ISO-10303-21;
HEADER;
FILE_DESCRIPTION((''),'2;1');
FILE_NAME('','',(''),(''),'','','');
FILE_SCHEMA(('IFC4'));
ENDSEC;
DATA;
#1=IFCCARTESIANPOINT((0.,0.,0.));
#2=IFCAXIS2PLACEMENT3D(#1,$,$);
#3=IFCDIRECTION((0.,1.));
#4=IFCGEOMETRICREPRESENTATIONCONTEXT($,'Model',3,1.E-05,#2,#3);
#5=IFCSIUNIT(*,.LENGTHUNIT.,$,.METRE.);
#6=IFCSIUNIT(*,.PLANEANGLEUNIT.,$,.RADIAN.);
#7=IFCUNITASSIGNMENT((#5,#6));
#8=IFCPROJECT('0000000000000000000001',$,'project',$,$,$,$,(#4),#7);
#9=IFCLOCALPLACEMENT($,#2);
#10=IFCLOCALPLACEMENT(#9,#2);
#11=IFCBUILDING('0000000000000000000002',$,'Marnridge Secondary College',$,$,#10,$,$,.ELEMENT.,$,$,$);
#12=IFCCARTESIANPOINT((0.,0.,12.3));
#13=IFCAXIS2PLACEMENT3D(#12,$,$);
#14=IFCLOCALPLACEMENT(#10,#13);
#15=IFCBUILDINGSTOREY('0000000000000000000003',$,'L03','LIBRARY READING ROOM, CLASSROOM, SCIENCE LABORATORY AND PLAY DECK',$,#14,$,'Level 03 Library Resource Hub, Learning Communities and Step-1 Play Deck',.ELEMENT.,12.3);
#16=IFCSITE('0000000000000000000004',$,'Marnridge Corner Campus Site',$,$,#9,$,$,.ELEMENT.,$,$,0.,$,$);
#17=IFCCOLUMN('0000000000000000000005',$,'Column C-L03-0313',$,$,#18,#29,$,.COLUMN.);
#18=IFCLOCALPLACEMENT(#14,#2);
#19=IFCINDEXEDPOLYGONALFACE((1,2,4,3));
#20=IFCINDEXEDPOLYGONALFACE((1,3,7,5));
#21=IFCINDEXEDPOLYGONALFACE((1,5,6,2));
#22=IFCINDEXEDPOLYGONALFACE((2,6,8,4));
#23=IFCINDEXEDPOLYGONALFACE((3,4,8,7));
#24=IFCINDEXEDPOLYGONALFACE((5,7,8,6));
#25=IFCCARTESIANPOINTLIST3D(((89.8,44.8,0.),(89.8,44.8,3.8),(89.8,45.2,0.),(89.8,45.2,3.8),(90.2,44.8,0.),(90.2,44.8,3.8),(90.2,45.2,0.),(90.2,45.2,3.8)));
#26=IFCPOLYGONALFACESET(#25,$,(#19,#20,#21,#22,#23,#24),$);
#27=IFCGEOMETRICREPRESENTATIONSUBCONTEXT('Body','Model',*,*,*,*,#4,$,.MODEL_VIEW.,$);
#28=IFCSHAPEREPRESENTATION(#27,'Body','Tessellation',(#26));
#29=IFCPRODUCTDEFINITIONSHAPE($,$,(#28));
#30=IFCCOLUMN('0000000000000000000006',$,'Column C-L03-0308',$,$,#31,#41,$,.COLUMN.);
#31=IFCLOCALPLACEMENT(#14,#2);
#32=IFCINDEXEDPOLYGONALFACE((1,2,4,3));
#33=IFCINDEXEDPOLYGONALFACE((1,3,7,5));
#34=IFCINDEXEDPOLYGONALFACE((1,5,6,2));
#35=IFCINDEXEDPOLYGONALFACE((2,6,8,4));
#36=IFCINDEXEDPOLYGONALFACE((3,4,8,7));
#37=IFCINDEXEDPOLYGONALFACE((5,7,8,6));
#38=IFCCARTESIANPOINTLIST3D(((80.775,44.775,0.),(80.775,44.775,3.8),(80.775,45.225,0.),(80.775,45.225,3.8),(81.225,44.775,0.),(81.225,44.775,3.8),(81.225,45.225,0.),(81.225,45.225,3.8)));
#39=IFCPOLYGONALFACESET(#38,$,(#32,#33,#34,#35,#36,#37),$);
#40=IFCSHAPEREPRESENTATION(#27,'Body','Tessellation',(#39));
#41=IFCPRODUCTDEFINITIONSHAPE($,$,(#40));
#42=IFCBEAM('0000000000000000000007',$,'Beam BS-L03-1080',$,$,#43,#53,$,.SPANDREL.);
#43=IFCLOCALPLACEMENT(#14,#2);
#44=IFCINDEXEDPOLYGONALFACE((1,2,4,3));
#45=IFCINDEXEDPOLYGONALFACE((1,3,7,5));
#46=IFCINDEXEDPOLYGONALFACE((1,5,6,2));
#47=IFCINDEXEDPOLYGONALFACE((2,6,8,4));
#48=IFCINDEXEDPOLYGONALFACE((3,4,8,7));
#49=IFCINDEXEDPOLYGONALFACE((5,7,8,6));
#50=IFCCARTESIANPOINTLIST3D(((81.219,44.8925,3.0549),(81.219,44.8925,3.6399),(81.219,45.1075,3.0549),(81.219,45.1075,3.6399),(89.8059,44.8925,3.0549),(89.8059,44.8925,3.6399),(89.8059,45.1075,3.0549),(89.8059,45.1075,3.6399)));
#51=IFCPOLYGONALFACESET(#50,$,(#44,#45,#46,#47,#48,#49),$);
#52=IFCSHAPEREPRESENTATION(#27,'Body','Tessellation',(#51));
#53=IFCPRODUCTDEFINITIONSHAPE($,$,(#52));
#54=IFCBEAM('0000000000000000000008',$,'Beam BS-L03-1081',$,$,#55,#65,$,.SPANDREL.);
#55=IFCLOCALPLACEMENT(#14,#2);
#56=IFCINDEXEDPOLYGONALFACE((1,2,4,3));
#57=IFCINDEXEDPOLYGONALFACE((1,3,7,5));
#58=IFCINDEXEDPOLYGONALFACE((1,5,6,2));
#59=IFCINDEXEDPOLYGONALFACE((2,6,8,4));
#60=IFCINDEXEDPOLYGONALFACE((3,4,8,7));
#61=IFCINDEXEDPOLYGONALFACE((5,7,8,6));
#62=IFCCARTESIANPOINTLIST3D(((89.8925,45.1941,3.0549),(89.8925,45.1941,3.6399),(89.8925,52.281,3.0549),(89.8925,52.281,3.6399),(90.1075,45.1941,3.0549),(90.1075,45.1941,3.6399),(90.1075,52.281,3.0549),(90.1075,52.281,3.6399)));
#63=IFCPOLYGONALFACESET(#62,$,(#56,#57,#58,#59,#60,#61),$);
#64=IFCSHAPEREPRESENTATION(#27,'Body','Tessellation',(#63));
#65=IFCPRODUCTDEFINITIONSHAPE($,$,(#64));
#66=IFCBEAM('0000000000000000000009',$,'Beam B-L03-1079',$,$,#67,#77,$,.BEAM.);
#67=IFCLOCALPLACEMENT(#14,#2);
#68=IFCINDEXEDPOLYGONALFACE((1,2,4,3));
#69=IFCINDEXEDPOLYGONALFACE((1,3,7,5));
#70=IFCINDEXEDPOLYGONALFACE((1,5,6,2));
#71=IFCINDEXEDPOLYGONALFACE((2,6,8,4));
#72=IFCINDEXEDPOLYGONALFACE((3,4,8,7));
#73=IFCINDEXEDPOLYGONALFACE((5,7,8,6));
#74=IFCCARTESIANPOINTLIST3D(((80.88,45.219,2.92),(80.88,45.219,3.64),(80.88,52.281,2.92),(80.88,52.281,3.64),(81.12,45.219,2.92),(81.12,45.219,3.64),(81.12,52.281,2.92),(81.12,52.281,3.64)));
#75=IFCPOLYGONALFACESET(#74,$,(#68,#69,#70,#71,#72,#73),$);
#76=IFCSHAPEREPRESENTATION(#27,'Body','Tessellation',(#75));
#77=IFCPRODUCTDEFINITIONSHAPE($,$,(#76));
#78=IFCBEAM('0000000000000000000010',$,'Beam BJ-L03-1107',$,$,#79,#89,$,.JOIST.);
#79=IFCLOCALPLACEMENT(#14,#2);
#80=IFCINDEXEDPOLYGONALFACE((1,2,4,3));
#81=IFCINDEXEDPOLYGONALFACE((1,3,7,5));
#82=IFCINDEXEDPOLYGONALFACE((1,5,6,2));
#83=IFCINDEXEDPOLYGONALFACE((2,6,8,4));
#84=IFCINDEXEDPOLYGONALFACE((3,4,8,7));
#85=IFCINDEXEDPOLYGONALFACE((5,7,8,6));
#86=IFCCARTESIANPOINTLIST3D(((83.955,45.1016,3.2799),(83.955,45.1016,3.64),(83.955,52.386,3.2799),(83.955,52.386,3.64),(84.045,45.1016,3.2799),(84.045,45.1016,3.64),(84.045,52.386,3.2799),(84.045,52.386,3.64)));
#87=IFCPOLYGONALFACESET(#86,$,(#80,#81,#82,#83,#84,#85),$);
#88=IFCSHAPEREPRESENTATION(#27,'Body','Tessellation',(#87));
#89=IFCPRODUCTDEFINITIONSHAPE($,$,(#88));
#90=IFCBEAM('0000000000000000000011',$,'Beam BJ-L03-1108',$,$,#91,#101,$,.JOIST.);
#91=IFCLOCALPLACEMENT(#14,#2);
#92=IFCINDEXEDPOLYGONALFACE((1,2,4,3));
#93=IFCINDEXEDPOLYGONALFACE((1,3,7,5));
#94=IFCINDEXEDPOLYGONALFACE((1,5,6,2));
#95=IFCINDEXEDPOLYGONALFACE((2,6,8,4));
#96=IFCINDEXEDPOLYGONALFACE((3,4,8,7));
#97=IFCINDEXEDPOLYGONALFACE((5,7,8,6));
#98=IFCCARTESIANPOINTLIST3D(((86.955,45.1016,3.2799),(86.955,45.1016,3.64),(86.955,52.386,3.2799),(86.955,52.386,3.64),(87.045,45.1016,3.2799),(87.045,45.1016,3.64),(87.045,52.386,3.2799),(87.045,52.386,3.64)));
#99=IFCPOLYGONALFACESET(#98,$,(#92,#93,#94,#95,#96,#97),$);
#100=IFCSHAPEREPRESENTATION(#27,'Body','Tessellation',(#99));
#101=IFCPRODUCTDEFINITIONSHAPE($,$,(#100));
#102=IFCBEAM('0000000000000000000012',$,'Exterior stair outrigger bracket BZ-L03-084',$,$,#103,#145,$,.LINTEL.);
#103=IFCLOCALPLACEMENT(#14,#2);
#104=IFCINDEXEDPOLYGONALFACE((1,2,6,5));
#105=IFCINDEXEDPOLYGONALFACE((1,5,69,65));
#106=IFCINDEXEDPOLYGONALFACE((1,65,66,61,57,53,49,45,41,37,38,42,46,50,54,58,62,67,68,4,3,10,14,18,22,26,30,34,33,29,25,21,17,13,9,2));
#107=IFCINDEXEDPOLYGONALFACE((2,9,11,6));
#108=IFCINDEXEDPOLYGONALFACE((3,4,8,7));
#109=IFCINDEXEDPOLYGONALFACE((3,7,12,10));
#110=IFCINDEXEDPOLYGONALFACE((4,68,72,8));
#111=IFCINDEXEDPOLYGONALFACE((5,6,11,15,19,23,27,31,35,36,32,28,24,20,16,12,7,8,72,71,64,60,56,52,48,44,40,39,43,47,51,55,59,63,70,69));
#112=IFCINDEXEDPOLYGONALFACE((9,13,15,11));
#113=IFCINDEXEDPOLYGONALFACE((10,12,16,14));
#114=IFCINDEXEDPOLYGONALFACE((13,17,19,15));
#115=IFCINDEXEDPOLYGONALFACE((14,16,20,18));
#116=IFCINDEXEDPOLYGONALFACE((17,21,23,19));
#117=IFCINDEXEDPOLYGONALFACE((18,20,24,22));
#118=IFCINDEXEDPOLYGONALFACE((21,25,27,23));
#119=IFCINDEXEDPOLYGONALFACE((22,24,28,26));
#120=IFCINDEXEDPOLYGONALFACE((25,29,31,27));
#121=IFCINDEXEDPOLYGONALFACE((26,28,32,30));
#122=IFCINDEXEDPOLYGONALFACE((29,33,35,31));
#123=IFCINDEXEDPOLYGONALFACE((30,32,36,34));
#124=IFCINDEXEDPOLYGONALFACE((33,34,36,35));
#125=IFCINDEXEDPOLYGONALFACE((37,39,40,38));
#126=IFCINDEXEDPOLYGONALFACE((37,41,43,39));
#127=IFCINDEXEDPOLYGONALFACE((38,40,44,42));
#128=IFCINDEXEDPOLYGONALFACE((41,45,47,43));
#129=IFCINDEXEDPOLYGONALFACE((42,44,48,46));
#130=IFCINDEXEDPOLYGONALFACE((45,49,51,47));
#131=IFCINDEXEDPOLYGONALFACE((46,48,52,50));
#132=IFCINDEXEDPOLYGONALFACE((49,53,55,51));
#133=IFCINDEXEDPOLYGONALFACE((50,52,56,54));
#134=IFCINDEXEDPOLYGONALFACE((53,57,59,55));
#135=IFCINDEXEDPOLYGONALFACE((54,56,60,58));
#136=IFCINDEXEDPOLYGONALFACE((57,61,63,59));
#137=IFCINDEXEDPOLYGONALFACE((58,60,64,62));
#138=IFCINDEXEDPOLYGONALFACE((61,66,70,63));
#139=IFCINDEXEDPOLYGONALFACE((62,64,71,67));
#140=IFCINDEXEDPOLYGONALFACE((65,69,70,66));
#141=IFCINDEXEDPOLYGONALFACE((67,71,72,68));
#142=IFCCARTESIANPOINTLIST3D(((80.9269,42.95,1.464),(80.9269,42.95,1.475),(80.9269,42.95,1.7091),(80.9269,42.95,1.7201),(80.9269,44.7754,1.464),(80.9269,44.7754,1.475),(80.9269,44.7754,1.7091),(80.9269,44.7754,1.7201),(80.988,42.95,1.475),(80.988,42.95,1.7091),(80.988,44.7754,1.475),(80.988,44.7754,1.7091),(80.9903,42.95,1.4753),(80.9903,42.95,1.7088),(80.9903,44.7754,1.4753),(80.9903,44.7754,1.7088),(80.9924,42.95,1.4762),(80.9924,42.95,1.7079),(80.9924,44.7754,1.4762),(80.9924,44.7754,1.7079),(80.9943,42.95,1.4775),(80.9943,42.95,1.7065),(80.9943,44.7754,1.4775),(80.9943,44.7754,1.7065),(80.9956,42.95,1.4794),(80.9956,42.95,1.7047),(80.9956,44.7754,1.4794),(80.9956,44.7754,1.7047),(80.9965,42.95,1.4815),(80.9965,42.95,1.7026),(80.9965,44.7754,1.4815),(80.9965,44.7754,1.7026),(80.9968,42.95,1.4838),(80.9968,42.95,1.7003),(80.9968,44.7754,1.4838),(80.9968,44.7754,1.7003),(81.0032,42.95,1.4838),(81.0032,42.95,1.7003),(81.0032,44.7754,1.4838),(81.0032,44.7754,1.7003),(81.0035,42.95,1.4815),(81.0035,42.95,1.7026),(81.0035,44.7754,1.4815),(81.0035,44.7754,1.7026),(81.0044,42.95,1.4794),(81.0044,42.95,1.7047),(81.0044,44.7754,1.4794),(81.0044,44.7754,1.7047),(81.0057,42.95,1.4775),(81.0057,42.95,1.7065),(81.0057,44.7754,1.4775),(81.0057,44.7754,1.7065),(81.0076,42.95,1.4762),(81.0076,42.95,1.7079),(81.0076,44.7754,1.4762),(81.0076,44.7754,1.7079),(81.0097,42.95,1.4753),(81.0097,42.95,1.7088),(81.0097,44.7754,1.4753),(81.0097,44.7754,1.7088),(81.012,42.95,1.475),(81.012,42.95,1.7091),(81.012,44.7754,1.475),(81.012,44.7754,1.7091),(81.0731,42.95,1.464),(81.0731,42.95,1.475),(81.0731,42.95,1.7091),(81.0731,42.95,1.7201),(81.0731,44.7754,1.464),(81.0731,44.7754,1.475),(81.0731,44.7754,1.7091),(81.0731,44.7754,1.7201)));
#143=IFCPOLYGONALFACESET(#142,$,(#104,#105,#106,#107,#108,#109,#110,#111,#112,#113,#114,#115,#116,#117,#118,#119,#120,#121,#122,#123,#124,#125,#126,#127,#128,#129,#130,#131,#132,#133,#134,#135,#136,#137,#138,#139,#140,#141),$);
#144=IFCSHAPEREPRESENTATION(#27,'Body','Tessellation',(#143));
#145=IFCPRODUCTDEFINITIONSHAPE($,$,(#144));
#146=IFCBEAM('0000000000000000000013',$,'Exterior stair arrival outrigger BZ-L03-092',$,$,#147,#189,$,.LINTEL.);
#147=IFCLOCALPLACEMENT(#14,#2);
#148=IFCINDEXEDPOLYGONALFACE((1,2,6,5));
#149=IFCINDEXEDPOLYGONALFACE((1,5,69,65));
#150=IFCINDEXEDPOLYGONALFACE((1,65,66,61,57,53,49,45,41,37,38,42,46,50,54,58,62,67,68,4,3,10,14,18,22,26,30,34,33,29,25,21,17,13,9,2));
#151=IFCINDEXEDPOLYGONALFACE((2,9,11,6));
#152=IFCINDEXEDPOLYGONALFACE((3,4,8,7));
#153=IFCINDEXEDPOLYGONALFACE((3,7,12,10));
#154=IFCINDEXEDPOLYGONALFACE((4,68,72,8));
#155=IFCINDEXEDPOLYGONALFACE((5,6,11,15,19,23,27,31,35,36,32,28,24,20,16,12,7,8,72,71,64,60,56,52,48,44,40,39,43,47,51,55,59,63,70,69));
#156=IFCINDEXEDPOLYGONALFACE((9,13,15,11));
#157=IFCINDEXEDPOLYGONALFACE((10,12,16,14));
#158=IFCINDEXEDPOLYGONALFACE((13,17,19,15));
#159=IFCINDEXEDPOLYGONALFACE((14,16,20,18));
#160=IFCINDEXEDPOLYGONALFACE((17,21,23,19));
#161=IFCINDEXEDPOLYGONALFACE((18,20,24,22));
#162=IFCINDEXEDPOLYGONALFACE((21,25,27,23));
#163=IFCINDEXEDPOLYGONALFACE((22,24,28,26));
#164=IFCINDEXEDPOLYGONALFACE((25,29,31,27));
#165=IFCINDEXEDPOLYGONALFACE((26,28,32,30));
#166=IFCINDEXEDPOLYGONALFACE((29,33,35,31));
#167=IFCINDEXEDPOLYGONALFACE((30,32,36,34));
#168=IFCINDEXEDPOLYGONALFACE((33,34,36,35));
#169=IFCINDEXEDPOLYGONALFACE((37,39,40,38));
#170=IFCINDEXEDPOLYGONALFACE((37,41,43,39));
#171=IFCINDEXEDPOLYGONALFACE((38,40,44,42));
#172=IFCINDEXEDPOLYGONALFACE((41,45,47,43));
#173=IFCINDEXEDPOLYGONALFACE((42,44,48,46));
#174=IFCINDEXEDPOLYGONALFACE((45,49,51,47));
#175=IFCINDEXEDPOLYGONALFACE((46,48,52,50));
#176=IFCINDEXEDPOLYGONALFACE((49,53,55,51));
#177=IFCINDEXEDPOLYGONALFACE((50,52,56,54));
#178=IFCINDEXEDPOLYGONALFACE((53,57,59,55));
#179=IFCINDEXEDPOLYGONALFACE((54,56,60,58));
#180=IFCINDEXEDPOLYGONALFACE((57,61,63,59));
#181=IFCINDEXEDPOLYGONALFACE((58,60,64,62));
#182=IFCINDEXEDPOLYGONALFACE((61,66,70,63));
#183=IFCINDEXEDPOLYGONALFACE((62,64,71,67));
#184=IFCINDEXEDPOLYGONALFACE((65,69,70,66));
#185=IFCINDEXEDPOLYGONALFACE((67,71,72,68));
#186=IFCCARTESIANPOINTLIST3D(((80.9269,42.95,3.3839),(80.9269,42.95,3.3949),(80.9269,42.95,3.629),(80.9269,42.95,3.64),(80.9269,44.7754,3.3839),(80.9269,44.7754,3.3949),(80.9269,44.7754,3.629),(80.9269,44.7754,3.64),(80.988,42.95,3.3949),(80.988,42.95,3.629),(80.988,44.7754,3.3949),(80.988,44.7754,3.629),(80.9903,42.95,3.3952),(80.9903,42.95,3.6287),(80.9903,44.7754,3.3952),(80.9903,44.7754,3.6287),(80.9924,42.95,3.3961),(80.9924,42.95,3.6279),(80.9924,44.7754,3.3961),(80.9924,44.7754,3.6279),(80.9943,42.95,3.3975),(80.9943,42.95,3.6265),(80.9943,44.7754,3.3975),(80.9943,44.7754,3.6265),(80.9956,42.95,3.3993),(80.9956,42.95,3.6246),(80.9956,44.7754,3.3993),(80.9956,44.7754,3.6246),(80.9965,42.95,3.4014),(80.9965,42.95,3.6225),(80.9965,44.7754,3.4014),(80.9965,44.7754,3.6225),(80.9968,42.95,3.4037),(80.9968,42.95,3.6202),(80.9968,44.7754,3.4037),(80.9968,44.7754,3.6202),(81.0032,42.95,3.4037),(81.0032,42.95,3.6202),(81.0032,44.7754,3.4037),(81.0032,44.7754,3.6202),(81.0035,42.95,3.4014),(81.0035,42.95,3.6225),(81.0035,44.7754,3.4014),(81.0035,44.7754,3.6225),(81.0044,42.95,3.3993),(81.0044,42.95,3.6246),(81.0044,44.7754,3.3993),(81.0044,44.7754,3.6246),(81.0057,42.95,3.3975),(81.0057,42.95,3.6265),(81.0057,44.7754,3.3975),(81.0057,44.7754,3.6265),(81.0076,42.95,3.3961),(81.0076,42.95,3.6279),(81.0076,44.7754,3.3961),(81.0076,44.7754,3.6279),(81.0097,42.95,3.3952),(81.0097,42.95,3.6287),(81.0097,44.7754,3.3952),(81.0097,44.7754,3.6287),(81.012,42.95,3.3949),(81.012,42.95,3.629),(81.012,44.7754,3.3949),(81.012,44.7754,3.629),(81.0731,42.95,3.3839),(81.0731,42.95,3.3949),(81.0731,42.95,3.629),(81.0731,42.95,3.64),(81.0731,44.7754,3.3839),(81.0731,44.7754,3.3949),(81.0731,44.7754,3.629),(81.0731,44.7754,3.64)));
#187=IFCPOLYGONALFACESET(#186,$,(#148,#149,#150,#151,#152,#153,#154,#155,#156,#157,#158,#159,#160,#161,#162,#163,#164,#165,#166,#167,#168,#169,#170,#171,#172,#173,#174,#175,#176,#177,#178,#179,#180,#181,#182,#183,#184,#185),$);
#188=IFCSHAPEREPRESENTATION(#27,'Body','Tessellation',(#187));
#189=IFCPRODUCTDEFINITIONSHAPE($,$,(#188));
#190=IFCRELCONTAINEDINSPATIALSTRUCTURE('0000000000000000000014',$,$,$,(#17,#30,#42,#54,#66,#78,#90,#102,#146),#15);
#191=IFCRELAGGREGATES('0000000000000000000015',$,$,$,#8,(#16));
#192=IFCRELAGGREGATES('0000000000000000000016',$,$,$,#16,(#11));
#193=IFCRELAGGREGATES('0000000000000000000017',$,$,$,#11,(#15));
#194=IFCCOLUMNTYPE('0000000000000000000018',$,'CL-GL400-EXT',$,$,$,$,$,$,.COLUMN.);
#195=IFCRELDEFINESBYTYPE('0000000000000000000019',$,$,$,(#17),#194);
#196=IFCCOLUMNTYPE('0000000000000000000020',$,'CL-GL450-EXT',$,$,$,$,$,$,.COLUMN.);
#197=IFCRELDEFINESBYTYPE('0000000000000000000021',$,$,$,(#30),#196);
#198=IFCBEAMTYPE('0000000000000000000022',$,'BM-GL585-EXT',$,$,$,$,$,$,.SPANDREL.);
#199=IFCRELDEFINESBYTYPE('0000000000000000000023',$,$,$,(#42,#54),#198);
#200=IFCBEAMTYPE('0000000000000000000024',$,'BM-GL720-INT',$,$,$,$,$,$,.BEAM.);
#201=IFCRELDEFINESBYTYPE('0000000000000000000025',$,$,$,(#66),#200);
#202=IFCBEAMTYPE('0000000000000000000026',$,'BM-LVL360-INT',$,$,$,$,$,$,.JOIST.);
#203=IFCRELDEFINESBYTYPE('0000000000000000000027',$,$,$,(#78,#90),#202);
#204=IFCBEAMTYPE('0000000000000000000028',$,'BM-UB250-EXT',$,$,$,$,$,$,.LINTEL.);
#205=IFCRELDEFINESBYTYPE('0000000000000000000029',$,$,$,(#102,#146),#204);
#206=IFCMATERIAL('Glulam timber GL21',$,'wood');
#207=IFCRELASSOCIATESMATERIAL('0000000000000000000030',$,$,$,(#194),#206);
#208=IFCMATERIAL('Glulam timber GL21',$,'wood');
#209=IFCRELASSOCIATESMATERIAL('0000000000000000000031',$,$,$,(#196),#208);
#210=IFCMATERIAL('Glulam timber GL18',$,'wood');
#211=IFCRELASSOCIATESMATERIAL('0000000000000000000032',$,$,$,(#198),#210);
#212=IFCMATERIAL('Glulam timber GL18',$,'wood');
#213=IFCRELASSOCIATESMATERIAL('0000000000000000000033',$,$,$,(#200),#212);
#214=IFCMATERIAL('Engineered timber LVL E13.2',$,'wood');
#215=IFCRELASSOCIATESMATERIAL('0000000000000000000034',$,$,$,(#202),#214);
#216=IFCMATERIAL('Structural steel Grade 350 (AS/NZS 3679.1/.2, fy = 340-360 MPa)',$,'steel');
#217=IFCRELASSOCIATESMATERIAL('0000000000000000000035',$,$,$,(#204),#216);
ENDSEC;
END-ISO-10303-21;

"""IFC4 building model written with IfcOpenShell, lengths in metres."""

from ifc_helpers import new_model, si_unit, direction, frame, origin, origin_2d, place, context, subcontext, project, spatial, rectangle, i_section, extrude, material, material_profile, profile_set, type_object, element, save


model = new_model("IFC4")

# Units and contexts
model_context = context("Model", 3, precision=1e-05, world=origin(), true_north=direction((0.0, 1.0)))
body_context = subcontext(model_context, "Body", "Model", "MODEL_VIEW")
ifc_project = project(units=[si_unit("LENGTHUNIT", "METRE"), si_unit("PLANEANGLEUNIT", "RADIAN")], contexts=[model_context])

# Site, building, storey
site_placement = place(None, origin())
site = spatial("IfcSite", under=ifc_project, at=site_placement, Name="Marnridge Corner Campus Site", CompositionType="ELEMENT", RefElevation=0.0)
building_placement = place(site_placement, origin())
building = spatial("IfcBuilding", under=site, at=building_placement, Name="Marnridge Secondary College", CompositionType="ELEMENT")
storey_placement = place(building_placement, frame((0.0, 0.0, 12.3)))
storey = spatial("IfcBuildingStorey", under=building, at=storey_placement, Name="L03", Description="LIBRARY READING ROOM, CLASSROOM, SCIENCE LABORATORY AND PLAY DECK", LongName="Level 03 Library Resource Hub, Learning Communities and Step-1 Play Deck", CompositionType="ELEMENT", Elevation=12.3)

# Columns
ifc_material_1 = material(Name="Glulam timber GL21", Category="wood")
ifc_material_profile_1 = material_profile(ifc_material_1, rectangle(XDim=0.3999, YDim=0.3999, at=origin_2d()), Name="GL21 400x400")
ifc_profile_set_1 = profile_set([ifc_material_profile_1], Name="Glulam timber GL21")
column_type_1 = type_object("IfcColumnType", Name="CL-GL400-EXT", PredefinedType="COLUMN", material=ifc_profile_set_1)
column_1_placement = place(storey_placement, frame((90.0, 45.0, 0.0), z_axis=(0.0, 0.0, 1.0), x_axis=(1.0, 0.0, 0.0)))
element("IfcColumn", 1, at=column_1_placement, inside=storey, type_object=column_type_1, Name="Column C-L03-0313", PredefinedType="COLUMN", context=body_context, shape_type="SweptSolid", body=[
    extrude(rectangle(XDim=0.3999, YDim=0.3999, at=origin_2d()), origin(), (0.0, 0.0, 1.0), 3.8),
])
ifc_material_2 = material(Name="Glulam timber GL21", Category="wood")
ifc_material_profile_2 = material_profile(ifc_material_2, rectangle(XDim=0.45, YDim=0.45, at=origin_2d()), Name="GL21 450x450")
ifc_profile_set_2 = profile_set([ifc_material_profile_2], Name="Glulam timber GL21")
column_type_2 = type_object("IfcColumnType", Name="CL-GL450-EXT", PredefinedType="COLUMN", material=ifc_profile_set_2)
column_2_placement = place(storey_placement, frame((81.0, 45.0, 0.0), z_axis=(0.0, 0.0, 1.0), x_axis=(1.0, 0.0, 0.0)))
element("IfcColumn", 2, at=column_2_placement, inside=storey, type_object=column_type_2, Name="Column C-L03-0308", PredefinedType="COLUMN", context=body_context, shape_type="SweptSolid", body=[
    extrude(rectangle(XDim=0.45, YDim=0.45, at=origin_2d()), origin(), (0.0, 0.0, 1.0), 3.8),
])

# Beams
ifc_material_3 = material(Name="Glulam timber GL18", Category="wood")
ifc_material_profile_3 = material_profile(ifc_material_3, rectangle(XDim=0.2151, YDim=0.585, at=origin_2d()), Name="GL18 215x585")
ifc_profile_set_3 = profile_set([ifc_material_profile_3], Name="Glulam timber GL18")
beam_type_1 = type_object("IfcBeamType", Name="BM-GL585-EXT", PredefinedType="SPANDREL", material=ifc_profile_set_3)
beam_1_placement = place(storey_placement, frame((81.219, 45.0, 3.3474), z_axis=(1.0, 0.0, 0.0), x_axis=(0.0, 1.0, 0.0)))
element("IfcBeam", 3, at=beam_1_placement, inside=storey, type_object=beam_type_1, Name="Beam BS-L03-1080", PredefinedType="SPANDREL", context=body_context, shape_type="SweptSolid", body=[
    extrude(rectangle(XDim=0.2151, YDim=0.585, at=origin_2d()), origin(), (0.0, 0.0, 1.0), 8.5869),
])
beam_2_placement = place(storey_placement, frame((90.0, 45.1941, 3.3474), z_axis=(0.0, 1.0, 0.0), x_axis=(-1.0, 0.0, 0.0)))
element("IfcBeam", 4, at=beam_2_placement, inside=storey, type_object=beam_type_1, Name="Beam BS-L03-1081", PredefinedType="SPANDREL", context=body_context, shape_type="SweptSolid", body=[
    extrude(rectangle(XDim=0.2151, YDim=0.585, at=origin_2d()), origin(), (0.0, 0.0, 1.0), 7.0869),
])
ifc_material_4 = material(Name="Glulam timber GL18", Category="wood")
ifc_material_profile_4 = material_profile(ifc_material_4, rectangle(XDim=0.24, YDim=0.72, at=origin_2d()), Name="GL18 240x720")
ifc_profile_set_4 = profile_set([ifc_material_profile_4], Name="Glulam timber GL18")
beam_type_2 = type_object("IfcBeamType", Name="BM-GL720-INT", PredefinedType="BEAM", material=ifc_profile_set_4)
beam_3_placement = place(storey_placement, frame((81.0, 45.219, 3.28), z_axis=(0.0, 1.0, 0.0), x_axis=(-1.0, 0.0, 0.0)))
element("IfcBeam", 5, at=beam_3_placement, inside=storey, type_object=beam_type_2, Name="Beam B-L03-1079", PredefinedType="BEAM", context=body_context, shape_type="SweptSolid", body=[
    extrude(rectangle(XDim=0.24, YDim=0.72, at=origin_2d()), origin(), (0.0, 0.0, 1.0), 7.062),
])
ifc_material_5 = material(Name="Engineered timber LVL E13.2", Category="wood")
ifc_material_profile_5 = material_profile(ifc_material_5, rectangle(XDim=0.0901, YDim=0.3601, at=origin_2d()), Name="LVL 90x360")
ifc_profile_set_5 = profile_set([ifc_material_profile_5], Name="Engineered timber LVL E13.2")
beam_type_3 = type_object("IfcBeamType", Name="BM-LVL360-INT", PredefinedType="JOIST", material=ifc_profile_set_5)
for number, where, z_axis, x_axis, name in (
    (6, (84.0, 45.1016, 3.46), (0.0, 1.0, 0.0), (-1.0, 0.0, 0.0), "Beam BJ-L03-1107"),
    (7, (87.0, 45.1016, 3.46), (0.0, 1.0, 0.0), (-1.0, 0.0, 0.0), "Beam BJ-L03-1108"),
):
    element("IfcBeam", number, at=place(storey_placement, frame(where, z_axis=z_axis, x_axis=x_axis)), inside=storey, type_object=beam_type_3, Name=name, PredefinedType="JOIST", context=body_context, shape_type="SweptSolid", body=[
        extrude(rectangle(XDim=0.0901, YDim=0.3601, at=origin_2d()), origin(), (0.0, 0.0, 1.0), 7.2844),
    ])
ifc_material_6 = material(Name="Structural steel Grade 350 (AS/NZS 3679.1/.2, fy = 340-360 MPa)", Category="steel")
ifc_material_profile_6 = material_profile(ifc_material_6, i_section(OverallWidth=0.1462, OverallDepth=0.2561, WebThickness=0.0063, FlangeThickness=0.011, FilletRadius=0.0088, at=origin_2d()), Name="250UB37.3")
ifc_profile_set_6 = profile_set([ifc_material_profile_6], Name="Structural steel Grade 350 (AS/NZS 3679.1/.2, fy = 340-360 MPa)")
beam_type_4 = type_object("IfcBeamType", Name="BM-UB250-EXT", PredefinedType="LINTEL", material=ifc_profile_set_6)
for number, where, z_axis, x_axis, name in (
    (8, (81.0, 44.7754, 1.592), (0.0, -1.0, 0.0), (1.0, 0.0, 0.0), "Exterior stair outrigger bracket BZ-L03-084"),
    (9, (81.0, 44.7754, 3.512), (0.0, -1.0, 0.0), (1.0, 0.0, 0.0), "Exterior stair arrival outrigger BZ-L03-092"),
):
    element("IfcBeam", number, at=place(storey_placement, frame(where, z_axis=z_axis, x_axis=x_axis)), inside=storey, type_object=beam_type_4, Name=name, PredefinedType="LINTEL", context=body_context, shape_type="SweptSolid", body=[
        extrude(i_section(OverallWidth=0.1462, OverallDepth=0.2561, WebThickness=0.0063, FlangeThickness=0.011, FilletRadius=0.0088, at=origin_2d()), origin(), (0.0, 0.0, 1.0), 1.8254),
    ])

save(model, "model.ifc")
